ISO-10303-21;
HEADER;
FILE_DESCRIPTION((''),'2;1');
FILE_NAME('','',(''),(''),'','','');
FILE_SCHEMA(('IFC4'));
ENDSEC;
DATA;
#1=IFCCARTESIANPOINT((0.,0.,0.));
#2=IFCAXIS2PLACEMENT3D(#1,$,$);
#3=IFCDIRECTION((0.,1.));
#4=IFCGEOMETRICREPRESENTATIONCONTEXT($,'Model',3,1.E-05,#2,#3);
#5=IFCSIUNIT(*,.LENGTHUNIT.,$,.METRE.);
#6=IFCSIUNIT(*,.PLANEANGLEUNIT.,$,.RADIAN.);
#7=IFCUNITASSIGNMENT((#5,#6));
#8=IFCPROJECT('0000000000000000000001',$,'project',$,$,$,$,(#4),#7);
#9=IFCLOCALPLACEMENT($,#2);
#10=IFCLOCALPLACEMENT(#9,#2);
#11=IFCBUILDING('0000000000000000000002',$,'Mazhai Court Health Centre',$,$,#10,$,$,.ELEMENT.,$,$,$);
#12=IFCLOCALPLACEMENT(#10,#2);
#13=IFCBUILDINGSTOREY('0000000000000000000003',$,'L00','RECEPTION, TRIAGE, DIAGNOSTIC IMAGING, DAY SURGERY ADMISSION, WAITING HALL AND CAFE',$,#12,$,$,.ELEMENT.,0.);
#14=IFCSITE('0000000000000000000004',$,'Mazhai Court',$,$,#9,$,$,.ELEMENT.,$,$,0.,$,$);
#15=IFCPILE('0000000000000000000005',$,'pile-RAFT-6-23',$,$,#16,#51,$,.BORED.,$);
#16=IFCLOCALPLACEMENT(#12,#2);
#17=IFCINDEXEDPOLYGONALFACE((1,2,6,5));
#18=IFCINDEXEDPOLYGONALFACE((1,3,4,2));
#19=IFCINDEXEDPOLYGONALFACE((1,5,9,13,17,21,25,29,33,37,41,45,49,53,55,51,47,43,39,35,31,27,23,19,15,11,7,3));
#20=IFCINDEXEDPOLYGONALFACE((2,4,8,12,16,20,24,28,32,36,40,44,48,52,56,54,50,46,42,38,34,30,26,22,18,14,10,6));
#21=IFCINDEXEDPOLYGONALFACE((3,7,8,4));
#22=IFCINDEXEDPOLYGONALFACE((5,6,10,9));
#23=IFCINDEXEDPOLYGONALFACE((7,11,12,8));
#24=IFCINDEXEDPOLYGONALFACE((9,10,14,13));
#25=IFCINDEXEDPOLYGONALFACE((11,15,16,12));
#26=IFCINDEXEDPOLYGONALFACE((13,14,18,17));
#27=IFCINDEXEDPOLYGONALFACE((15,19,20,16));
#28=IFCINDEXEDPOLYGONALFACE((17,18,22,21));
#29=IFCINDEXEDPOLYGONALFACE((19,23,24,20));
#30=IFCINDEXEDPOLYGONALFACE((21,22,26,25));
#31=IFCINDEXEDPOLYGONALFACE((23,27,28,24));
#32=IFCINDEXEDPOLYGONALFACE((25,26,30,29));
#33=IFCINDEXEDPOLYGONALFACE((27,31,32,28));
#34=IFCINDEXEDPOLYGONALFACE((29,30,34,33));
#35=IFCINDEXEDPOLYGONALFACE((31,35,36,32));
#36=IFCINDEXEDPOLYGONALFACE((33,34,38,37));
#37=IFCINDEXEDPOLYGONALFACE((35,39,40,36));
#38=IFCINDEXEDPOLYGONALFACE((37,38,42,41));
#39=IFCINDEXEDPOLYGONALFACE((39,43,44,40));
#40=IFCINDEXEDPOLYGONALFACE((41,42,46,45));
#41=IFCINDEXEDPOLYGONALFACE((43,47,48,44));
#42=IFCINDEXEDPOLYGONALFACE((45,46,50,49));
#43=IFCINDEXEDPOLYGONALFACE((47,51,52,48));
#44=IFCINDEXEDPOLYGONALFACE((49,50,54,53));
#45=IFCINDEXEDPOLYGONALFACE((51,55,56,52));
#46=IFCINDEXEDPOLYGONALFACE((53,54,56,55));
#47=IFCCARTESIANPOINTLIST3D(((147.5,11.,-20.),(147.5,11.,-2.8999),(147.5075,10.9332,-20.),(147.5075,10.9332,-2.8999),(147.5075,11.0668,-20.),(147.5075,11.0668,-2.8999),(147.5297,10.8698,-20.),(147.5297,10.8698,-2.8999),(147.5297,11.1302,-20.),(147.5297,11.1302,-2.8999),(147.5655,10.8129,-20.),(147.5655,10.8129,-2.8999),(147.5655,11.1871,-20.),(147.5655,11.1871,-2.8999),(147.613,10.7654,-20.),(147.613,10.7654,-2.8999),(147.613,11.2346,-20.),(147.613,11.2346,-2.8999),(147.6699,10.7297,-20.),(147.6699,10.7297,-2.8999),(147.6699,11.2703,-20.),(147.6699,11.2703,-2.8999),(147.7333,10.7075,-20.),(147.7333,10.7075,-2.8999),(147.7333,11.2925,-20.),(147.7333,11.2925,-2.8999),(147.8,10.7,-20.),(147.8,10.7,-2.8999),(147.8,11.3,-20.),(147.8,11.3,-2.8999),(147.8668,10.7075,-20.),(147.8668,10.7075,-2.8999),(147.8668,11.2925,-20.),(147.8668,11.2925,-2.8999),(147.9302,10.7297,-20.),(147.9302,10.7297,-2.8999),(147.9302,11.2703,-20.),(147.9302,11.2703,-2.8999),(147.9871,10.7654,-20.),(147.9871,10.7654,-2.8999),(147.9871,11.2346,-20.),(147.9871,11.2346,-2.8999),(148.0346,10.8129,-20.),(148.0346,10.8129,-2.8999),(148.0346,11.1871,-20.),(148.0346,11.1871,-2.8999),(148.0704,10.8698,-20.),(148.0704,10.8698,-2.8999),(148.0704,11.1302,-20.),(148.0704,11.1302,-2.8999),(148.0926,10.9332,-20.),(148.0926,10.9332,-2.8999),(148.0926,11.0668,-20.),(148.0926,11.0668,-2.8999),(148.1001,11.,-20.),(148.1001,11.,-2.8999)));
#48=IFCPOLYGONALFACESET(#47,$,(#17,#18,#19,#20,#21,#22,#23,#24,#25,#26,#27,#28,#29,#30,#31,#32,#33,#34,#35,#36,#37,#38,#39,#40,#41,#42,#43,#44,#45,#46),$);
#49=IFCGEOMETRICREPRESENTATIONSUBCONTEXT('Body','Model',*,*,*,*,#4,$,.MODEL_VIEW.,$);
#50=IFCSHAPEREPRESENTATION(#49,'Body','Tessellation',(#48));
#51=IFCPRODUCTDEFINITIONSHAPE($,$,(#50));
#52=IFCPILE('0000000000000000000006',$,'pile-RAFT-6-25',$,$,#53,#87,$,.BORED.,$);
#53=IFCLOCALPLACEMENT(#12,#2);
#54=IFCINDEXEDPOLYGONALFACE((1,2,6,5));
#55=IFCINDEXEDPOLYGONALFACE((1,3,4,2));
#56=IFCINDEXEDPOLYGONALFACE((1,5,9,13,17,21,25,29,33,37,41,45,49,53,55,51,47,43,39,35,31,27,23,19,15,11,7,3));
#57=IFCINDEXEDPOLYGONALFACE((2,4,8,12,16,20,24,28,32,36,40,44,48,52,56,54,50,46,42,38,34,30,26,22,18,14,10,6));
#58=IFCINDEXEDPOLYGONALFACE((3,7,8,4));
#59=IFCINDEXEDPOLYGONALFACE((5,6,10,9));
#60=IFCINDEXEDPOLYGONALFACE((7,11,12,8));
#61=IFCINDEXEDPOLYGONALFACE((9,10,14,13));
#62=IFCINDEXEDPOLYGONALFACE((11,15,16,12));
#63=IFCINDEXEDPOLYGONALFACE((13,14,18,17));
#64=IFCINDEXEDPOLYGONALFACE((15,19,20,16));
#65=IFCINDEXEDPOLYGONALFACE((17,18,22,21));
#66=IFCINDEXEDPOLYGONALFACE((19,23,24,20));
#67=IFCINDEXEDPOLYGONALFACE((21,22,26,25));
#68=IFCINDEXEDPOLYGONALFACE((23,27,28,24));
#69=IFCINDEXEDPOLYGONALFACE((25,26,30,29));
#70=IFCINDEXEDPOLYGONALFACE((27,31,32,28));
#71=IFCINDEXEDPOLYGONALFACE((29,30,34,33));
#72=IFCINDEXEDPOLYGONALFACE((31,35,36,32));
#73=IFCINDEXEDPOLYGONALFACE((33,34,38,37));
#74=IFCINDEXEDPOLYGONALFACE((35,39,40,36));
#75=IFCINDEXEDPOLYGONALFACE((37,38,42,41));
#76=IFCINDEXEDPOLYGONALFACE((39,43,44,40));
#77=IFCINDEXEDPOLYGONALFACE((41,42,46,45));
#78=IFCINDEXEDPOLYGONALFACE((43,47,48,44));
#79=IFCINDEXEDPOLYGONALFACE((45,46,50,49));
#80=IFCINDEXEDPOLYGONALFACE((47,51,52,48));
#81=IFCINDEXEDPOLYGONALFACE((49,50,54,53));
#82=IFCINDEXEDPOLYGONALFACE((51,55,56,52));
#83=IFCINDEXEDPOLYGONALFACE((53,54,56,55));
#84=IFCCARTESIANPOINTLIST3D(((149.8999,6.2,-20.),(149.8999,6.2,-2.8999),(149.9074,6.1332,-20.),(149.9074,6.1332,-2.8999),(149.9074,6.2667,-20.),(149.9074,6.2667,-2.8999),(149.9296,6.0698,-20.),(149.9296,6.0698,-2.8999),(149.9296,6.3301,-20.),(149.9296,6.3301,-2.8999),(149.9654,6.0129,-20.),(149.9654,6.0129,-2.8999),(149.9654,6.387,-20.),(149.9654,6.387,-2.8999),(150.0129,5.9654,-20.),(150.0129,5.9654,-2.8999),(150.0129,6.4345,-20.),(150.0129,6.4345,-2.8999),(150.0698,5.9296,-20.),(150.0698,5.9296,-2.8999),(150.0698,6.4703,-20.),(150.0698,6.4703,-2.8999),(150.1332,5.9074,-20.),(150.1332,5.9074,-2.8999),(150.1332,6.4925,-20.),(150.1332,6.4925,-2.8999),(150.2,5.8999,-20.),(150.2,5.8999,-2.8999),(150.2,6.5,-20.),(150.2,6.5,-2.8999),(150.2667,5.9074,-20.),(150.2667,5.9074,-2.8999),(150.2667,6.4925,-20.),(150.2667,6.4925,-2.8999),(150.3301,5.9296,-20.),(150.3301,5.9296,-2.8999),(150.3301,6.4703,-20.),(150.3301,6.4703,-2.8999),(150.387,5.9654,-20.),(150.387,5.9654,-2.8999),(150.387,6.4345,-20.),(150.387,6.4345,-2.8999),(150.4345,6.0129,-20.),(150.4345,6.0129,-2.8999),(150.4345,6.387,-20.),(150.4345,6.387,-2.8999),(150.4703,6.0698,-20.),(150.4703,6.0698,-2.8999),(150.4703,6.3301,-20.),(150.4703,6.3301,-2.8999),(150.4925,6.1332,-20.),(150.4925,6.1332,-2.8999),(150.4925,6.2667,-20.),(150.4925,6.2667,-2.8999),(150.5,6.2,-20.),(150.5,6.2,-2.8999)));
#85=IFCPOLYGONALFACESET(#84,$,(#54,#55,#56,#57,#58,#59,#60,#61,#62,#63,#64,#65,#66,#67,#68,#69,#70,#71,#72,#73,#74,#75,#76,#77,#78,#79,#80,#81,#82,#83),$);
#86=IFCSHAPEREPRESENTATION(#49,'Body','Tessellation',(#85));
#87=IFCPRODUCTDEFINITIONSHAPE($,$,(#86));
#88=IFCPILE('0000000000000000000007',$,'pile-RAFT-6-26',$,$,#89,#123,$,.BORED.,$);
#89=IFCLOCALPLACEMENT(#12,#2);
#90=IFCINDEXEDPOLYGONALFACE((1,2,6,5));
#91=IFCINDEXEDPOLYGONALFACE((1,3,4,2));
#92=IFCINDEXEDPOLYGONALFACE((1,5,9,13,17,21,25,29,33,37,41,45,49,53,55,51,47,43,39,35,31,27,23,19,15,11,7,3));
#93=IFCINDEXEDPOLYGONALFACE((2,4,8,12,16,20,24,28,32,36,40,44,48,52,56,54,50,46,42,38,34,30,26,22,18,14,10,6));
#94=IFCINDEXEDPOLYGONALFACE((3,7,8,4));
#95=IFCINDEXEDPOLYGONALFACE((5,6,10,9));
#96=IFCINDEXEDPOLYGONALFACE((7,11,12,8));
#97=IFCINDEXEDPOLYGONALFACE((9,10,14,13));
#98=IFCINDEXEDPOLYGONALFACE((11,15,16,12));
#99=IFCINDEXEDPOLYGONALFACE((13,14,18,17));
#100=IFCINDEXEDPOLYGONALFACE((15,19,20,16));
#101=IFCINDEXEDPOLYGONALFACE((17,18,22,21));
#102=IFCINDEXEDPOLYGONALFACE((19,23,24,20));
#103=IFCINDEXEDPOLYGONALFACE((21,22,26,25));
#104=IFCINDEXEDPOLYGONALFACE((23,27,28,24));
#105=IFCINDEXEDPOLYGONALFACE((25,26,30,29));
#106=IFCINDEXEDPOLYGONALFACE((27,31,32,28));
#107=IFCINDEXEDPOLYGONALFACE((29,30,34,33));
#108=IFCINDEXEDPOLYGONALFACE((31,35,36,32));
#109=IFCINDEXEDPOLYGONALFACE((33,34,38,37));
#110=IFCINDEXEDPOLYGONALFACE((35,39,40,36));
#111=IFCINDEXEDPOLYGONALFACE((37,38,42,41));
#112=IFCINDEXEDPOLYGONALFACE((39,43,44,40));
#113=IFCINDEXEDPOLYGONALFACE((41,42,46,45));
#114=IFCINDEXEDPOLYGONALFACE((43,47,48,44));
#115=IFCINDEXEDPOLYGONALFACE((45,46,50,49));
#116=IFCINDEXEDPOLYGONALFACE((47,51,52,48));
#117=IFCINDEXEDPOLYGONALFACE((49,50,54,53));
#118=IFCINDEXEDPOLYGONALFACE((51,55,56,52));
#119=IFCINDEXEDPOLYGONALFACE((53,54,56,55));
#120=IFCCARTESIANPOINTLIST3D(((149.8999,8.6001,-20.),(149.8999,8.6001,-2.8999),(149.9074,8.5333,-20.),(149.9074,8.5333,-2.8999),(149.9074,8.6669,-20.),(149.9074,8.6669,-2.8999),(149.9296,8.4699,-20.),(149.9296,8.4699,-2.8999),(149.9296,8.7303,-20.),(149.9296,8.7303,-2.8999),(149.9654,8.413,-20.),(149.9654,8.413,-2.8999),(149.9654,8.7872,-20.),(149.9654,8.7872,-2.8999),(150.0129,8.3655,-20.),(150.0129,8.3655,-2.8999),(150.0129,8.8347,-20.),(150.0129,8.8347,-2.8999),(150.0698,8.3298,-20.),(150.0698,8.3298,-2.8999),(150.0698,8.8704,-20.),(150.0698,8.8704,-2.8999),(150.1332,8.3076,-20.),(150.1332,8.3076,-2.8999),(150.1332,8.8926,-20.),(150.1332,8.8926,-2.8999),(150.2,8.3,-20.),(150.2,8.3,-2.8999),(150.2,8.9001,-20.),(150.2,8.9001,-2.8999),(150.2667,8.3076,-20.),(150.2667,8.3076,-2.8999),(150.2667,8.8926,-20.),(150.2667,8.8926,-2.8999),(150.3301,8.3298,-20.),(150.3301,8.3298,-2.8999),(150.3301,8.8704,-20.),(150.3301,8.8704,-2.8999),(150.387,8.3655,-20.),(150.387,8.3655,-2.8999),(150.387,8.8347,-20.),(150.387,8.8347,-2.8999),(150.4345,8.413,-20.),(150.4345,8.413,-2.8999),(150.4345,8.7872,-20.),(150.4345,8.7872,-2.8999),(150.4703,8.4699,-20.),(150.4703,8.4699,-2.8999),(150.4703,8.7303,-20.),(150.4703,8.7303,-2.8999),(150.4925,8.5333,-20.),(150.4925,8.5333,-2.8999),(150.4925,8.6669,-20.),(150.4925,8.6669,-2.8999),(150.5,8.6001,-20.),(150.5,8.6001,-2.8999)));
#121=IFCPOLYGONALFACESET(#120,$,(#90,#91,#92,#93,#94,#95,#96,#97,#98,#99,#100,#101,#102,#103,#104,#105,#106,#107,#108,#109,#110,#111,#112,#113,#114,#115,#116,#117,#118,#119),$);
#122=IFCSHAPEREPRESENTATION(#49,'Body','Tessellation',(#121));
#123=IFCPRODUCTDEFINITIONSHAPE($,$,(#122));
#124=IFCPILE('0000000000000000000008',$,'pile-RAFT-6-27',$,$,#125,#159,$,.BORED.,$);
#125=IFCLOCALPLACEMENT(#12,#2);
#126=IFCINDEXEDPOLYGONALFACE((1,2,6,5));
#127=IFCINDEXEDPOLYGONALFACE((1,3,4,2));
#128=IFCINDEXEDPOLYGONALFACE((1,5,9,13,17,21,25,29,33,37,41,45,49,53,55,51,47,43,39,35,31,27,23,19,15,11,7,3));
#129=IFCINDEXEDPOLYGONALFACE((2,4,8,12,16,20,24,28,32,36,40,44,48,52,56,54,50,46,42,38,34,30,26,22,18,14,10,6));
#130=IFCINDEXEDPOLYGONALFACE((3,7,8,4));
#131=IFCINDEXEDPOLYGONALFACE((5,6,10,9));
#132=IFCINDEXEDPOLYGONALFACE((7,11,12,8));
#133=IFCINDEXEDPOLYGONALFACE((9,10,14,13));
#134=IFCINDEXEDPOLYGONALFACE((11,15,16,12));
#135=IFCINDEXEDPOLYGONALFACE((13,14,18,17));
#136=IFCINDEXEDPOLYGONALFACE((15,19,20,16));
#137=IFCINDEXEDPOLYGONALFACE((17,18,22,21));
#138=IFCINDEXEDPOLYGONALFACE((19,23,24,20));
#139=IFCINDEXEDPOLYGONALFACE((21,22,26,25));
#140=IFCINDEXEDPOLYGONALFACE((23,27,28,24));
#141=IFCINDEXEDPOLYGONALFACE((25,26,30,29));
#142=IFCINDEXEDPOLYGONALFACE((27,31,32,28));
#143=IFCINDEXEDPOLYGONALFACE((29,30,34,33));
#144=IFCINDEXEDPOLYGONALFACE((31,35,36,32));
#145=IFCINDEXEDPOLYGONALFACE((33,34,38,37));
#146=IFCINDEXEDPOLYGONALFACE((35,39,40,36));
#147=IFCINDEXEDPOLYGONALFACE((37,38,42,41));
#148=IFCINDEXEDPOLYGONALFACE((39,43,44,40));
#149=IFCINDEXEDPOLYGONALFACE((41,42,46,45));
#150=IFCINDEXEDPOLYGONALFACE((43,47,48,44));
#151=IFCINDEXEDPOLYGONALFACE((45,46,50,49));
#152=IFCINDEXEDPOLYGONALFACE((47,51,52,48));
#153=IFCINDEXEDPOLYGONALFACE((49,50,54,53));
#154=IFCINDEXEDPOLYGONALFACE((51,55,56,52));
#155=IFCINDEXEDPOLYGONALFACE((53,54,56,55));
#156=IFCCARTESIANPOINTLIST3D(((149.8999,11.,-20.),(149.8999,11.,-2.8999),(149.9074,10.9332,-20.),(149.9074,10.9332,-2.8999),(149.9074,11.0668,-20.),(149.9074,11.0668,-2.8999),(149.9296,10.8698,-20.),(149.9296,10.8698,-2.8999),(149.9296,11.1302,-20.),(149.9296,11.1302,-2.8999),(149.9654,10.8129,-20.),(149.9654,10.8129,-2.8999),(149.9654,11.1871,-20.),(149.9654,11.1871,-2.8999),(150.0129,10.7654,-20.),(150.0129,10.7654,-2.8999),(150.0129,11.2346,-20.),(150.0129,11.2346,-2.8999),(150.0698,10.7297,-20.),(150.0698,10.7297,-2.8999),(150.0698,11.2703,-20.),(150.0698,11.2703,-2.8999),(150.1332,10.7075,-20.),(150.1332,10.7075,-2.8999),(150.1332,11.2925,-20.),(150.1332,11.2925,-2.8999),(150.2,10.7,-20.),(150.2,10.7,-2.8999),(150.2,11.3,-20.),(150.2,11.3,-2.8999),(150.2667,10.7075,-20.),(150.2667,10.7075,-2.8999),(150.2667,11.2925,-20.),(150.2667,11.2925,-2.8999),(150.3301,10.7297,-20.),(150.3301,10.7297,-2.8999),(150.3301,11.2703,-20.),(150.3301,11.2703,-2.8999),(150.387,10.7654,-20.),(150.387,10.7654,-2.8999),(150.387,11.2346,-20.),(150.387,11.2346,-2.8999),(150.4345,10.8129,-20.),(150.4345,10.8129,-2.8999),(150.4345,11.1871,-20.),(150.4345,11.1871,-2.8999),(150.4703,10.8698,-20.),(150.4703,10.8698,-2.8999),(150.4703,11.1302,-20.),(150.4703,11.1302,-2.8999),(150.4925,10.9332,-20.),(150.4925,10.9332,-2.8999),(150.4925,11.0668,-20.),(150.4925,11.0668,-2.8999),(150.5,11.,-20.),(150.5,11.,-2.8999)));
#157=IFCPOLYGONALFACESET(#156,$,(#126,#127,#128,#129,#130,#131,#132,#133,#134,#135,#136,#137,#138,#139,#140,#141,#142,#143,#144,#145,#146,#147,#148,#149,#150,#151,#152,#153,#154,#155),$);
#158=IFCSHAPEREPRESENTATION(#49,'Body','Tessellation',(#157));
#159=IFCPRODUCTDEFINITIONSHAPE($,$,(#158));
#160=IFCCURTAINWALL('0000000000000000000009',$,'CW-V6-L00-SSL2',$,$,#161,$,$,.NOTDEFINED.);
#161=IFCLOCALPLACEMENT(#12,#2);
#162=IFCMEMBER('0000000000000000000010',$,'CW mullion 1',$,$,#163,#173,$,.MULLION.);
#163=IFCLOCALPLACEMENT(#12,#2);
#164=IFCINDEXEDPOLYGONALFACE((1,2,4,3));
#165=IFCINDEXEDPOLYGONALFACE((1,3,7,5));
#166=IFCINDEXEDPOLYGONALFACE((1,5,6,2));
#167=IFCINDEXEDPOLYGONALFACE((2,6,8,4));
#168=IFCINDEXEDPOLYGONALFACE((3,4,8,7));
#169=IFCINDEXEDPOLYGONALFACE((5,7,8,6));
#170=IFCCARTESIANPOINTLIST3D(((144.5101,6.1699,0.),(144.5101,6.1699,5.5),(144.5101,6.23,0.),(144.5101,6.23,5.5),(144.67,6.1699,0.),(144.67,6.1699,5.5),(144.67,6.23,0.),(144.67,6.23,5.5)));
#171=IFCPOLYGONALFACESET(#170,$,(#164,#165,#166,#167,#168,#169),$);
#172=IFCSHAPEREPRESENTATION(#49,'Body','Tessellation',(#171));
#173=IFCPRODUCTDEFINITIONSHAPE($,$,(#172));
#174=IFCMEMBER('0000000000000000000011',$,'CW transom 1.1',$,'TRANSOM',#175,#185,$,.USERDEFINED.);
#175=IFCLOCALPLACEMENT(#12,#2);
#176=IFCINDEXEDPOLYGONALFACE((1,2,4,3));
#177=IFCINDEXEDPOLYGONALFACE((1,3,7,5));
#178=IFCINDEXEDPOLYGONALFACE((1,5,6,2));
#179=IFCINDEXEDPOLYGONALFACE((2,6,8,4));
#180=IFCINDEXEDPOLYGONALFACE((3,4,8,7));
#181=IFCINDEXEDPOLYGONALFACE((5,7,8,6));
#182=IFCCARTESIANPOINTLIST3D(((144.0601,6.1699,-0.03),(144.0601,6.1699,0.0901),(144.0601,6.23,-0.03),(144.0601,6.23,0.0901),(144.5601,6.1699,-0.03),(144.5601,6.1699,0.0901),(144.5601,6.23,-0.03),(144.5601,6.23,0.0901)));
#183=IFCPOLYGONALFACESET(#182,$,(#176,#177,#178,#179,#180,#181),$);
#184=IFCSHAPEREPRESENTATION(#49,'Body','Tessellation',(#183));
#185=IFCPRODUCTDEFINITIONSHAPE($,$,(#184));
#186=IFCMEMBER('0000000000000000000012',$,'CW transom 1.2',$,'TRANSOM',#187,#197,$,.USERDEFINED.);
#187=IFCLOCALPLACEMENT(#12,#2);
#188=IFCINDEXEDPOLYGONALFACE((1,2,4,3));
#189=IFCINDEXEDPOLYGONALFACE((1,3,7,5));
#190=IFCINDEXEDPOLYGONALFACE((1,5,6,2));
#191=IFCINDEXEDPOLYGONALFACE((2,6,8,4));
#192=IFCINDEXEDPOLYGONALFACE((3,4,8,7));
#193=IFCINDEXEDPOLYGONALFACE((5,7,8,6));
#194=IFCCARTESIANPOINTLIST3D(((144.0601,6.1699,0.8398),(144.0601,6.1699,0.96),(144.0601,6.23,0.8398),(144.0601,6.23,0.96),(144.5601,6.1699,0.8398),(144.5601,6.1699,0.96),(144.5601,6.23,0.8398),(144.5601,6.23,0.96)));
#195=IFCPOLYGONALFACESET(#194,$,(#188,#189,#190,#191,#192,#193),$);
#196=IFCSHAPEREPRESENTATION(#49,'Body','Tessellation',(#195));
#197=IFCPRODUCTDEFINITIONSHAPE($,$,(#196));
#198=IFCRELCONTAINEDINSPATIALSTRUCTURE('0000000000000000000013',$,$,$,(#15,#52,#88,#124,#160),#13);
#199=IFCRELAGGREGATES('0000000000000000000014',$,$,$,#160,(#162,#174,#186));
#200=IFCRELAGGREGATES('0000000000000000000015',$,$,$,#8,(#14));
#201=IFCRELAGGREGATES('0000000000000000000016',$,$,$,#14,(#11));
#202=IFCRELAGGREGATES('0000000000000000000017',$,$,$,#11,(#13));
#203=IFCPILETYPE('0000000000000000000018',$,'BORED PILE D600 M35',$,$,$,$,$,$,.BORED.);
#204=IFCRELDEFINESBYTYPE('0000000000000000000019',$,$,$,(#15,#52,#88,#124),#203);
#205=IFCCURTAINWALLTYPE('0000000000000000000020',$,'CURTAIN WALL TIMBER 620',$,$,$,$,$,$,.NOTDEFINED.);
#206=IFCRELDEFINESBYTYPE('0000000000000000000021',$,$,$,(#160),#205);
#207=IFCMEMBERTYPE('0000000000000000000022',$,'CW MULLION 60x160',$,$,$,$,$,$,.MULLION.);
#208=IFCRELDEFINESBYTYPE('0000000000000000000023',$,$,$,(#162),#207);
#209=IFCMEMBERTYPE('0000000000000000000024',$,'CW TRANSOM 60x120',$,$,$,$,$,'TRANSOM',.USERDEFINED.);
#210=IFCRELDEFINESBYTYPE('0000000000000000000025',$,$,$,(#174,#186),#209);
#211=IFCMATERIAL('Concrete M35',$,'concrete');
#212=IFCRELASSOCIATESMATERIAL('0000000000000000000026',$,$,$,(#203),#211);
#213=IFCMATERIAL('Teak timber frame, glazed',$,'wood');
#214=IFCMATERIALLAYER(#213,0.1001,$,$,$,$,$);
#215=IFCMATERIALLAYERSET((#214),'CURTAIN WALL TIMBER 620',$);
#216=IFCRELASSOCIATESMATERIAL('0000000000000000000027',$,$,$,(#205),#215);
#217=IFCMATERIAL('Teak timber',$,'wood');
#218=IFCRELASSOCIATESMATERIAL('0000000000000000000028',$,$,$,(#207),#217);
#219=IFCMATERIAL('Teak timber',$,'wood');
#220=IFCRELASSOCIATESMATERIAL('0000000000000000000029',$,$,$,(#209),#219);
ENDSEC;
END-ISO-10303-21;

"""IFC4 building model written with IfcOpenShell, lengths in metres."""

from ifc_helpers import new_model, si_unit, direction, frame, origin, origin_2d, place, context, subcontext, project, spatial, rectangle, circle, extrude, material, layer, layer_set, material_profile, profile_set, type_object, element, aggregate, save


model = new_model("IFC4")

# Units and contexts
model_context = context("Model", 3, precision=1e-05, world=origin(), true_north=direction((0.0, 1.0)))
body_context = subcontext(model_context, "Body", "Model", "MODEL_VIEW")
ifc_project = project(units=[si_unit("LENGTHUNIT", "METRE"), si_unit("PLANEANGLEUNIT", "RADIAN")], contexts=[model_context])

# Site, building, storey
site_placement = place(None, origin())
site = spatial("IfcSite", under=ifc_project, at=site_placement, Name="Mazhai Court", CompositionType="ELEMENT", RefElevation=0.0)
building_placement = place(site_placement, origin())
building = spatial("IfcBuilding", under=site, at=building_placement, Name="Mazhai Court Health Centre", CompositionType="ELEMENT")
storey_placement = place(building_placement, origin())
storey = spatial("IfcBuildingStorey", under=building, at=storey_placement, Name="L00", Description="RECEPTION, TRIAGE, DIAGNOSTIC IMAGING, DAY SURGERY ADMISSION, WAITING HALL AND CAFE", CompositionType="ELEMENT", Elevation=0.0)

# Piles
ifc_material_1 = material(Name="Concrete M35", Category="concrete")
ifc_material_profile_1 = material_profile(ifc_material_1, circle(Radius=0.3, at=origin_2d()), Name="RC PILE D600")
ifc_profile_set_1 = profile_set([ifc_material_profile_1], Name="Concrete M35")
pile_type = type_object("IfcPileType", Name="BORED PILE D600 M35", PredefinedType="BORED", material=ifc_profile_set_1)
for number, where, z_axis, x_axis, name in (
    (1, (147.8, 11.0, -2.8999), (0.0, 0.0, -1.0), (1.0, 0.0, 0.0), "pile-RAFT-6-23"),
    (2, (150.2, 6.2, -2.8999), (0.0, 0.0, -1.0), (1.0, 0.0, 0.0), "pile-RAFT-6-25"),
    (3, (150.2, 8.6001, -2.8999), (0.0, 0.0, -1.0), (1.0, 0.0, 0.0), "pile-RAFT-6-26"),
    (4, (150.2, 11.0, -2.8999), (0.0, 0.0, -1.0), (1.0, 0.0, 0.0), "pile-RAFT-6-27"),
):
    element("IfcPile", number, at=place(storey_placement, frame(where, z_axis=z_axis, x_axis=x_axis)), inside=storey, type_object=pile_type, Name=name, PredefinedType="BORED", context=body_context, shape_type="SweptSolid", body=[
        extrude(circle(Radius=0.3, at=origin_2d()), origin(), (0.0, 0.0, 1.0), 17.1001),
    ])

# Curtain wall, members
ifc_material_2 = material(Name="Teak timber frame, glazed", Category="wood")
ifc_layer_1 = layer(ifc_material_2, 0.1001)
ifc_layer_set_1 = layer_set([ifc_layer_1], Name="CURTAIN WALL TIMBER 620")
curtain_wall_type = type_object("IfcCurtainWallType", Name="CURTAIN WALL TIMBER 620", PredefinedType="NOTDEFINED", material=ifc_layer_set_1)
curtain_wall_placement = place(storey_placement, origin())
curtain_wall = element("IfcCurtainWall", 5, at=curtain_wall_placement, inside=storey, type_object=curtain_wall_type, Name="CW-V6-L00-SSL2", PredefinedType="NOTDEFINED")
ifc_material_3 = material(Name="Teak timber", Category="wood")
ifc_material_profile_2 = material_profile(ifc_material_3, rectangle(XDim=0.0601, YDim=0.1599, at=origin_2d()), Name="CW MULLION 60x160")
ifc_profile_set_2 = profile_set([ifc_material_profile_2], Name="Teak timber")
member_type_1 = type_object("IfcMemberType", Name="CW MULLION 60x160", PredefinedType="MULLION", material=ifc_profile_set_2)
member_1_placement = place(storey_placement, frame((144.5901, 6.2, 0.0), z_axis=(0.0, 0.0, 1.0), x_axis=(0.0, -1.0, 0.0)))
member_1 = element("IfcMember", 6, at=member_1_placement, type_object=member_type_1, Name="CW mullion 1", PredefinedType="MULLION", context=body_context, shape_type="SweptSolid", body=[
    extrude(rectangle(XDim=0.0601, YDim=0.1599, at=origin_2d()), origin(), (0.0, 0.0, 1.0), 5.5),
])
ifc_material_4 = material(Name="Teak timber", Category="wood")
ifc_material_profile_3 = material_profile(ifc_material_4, rectangle(XDim=0.0601, YDim=0.1201, at=origin_2d()), Name="CW TRANSOM 60x120")
ifc_profile_set_3 = profile_set([ifc_material_profile_3], Name="Teak timber")
member_type_2 = type_object("IfcMemberType", Name="CW TRANSOM 60x120", ElementType="TRANSOM", PredefinedType="USERDEFINED", material=ifc_profile_set_3)
member_2_placement = place(storey_placement, frame((144.5601, 6.2, 0.03), z_axis=(-1.0, 0.0, 0.0), x_axis=(0.0, -1.0, 0.0)))
member_2 = element("IfcMember", 7, at=member_2_placement, type_object=member_type_2, Name="CW transom 1.1", ObjectType="TRANSOM", PredefinedType="USERDEFINED", context=body_context, shape_type="SweptSolid", body=[
    extrude(rectangle(XDim=0.0601, YDim=0.1201, at=origin_2d()), origin(), (0.0, 0.0, 1.0), 0.5),
])
member_3_placement = place(storey_placement, frame((144.5601, 6.2, 0.8999), z_axis=(-1.0, 0.0, 0.0), x_axis=(0.0, -1.0, 0.0)))
member_3 = element("IfcMember", 8, at=member_3_placement, type_object=member_type_2, Name="CW transom 1.2", ObjectType="TRANSOM", PredefinedType="USERDEFINED", context=body_context, shape_type="SweptSolid", body=[
    extrude(rectangle(XDim=0.0601, YDim=0.1201, at=origin_2d()), origin(), (0.0, 0.0, 1.0), 0.5),
])
aggregate(curtain_wall, [member_1, member_2, member_3])

save(model, "model.ifc")
